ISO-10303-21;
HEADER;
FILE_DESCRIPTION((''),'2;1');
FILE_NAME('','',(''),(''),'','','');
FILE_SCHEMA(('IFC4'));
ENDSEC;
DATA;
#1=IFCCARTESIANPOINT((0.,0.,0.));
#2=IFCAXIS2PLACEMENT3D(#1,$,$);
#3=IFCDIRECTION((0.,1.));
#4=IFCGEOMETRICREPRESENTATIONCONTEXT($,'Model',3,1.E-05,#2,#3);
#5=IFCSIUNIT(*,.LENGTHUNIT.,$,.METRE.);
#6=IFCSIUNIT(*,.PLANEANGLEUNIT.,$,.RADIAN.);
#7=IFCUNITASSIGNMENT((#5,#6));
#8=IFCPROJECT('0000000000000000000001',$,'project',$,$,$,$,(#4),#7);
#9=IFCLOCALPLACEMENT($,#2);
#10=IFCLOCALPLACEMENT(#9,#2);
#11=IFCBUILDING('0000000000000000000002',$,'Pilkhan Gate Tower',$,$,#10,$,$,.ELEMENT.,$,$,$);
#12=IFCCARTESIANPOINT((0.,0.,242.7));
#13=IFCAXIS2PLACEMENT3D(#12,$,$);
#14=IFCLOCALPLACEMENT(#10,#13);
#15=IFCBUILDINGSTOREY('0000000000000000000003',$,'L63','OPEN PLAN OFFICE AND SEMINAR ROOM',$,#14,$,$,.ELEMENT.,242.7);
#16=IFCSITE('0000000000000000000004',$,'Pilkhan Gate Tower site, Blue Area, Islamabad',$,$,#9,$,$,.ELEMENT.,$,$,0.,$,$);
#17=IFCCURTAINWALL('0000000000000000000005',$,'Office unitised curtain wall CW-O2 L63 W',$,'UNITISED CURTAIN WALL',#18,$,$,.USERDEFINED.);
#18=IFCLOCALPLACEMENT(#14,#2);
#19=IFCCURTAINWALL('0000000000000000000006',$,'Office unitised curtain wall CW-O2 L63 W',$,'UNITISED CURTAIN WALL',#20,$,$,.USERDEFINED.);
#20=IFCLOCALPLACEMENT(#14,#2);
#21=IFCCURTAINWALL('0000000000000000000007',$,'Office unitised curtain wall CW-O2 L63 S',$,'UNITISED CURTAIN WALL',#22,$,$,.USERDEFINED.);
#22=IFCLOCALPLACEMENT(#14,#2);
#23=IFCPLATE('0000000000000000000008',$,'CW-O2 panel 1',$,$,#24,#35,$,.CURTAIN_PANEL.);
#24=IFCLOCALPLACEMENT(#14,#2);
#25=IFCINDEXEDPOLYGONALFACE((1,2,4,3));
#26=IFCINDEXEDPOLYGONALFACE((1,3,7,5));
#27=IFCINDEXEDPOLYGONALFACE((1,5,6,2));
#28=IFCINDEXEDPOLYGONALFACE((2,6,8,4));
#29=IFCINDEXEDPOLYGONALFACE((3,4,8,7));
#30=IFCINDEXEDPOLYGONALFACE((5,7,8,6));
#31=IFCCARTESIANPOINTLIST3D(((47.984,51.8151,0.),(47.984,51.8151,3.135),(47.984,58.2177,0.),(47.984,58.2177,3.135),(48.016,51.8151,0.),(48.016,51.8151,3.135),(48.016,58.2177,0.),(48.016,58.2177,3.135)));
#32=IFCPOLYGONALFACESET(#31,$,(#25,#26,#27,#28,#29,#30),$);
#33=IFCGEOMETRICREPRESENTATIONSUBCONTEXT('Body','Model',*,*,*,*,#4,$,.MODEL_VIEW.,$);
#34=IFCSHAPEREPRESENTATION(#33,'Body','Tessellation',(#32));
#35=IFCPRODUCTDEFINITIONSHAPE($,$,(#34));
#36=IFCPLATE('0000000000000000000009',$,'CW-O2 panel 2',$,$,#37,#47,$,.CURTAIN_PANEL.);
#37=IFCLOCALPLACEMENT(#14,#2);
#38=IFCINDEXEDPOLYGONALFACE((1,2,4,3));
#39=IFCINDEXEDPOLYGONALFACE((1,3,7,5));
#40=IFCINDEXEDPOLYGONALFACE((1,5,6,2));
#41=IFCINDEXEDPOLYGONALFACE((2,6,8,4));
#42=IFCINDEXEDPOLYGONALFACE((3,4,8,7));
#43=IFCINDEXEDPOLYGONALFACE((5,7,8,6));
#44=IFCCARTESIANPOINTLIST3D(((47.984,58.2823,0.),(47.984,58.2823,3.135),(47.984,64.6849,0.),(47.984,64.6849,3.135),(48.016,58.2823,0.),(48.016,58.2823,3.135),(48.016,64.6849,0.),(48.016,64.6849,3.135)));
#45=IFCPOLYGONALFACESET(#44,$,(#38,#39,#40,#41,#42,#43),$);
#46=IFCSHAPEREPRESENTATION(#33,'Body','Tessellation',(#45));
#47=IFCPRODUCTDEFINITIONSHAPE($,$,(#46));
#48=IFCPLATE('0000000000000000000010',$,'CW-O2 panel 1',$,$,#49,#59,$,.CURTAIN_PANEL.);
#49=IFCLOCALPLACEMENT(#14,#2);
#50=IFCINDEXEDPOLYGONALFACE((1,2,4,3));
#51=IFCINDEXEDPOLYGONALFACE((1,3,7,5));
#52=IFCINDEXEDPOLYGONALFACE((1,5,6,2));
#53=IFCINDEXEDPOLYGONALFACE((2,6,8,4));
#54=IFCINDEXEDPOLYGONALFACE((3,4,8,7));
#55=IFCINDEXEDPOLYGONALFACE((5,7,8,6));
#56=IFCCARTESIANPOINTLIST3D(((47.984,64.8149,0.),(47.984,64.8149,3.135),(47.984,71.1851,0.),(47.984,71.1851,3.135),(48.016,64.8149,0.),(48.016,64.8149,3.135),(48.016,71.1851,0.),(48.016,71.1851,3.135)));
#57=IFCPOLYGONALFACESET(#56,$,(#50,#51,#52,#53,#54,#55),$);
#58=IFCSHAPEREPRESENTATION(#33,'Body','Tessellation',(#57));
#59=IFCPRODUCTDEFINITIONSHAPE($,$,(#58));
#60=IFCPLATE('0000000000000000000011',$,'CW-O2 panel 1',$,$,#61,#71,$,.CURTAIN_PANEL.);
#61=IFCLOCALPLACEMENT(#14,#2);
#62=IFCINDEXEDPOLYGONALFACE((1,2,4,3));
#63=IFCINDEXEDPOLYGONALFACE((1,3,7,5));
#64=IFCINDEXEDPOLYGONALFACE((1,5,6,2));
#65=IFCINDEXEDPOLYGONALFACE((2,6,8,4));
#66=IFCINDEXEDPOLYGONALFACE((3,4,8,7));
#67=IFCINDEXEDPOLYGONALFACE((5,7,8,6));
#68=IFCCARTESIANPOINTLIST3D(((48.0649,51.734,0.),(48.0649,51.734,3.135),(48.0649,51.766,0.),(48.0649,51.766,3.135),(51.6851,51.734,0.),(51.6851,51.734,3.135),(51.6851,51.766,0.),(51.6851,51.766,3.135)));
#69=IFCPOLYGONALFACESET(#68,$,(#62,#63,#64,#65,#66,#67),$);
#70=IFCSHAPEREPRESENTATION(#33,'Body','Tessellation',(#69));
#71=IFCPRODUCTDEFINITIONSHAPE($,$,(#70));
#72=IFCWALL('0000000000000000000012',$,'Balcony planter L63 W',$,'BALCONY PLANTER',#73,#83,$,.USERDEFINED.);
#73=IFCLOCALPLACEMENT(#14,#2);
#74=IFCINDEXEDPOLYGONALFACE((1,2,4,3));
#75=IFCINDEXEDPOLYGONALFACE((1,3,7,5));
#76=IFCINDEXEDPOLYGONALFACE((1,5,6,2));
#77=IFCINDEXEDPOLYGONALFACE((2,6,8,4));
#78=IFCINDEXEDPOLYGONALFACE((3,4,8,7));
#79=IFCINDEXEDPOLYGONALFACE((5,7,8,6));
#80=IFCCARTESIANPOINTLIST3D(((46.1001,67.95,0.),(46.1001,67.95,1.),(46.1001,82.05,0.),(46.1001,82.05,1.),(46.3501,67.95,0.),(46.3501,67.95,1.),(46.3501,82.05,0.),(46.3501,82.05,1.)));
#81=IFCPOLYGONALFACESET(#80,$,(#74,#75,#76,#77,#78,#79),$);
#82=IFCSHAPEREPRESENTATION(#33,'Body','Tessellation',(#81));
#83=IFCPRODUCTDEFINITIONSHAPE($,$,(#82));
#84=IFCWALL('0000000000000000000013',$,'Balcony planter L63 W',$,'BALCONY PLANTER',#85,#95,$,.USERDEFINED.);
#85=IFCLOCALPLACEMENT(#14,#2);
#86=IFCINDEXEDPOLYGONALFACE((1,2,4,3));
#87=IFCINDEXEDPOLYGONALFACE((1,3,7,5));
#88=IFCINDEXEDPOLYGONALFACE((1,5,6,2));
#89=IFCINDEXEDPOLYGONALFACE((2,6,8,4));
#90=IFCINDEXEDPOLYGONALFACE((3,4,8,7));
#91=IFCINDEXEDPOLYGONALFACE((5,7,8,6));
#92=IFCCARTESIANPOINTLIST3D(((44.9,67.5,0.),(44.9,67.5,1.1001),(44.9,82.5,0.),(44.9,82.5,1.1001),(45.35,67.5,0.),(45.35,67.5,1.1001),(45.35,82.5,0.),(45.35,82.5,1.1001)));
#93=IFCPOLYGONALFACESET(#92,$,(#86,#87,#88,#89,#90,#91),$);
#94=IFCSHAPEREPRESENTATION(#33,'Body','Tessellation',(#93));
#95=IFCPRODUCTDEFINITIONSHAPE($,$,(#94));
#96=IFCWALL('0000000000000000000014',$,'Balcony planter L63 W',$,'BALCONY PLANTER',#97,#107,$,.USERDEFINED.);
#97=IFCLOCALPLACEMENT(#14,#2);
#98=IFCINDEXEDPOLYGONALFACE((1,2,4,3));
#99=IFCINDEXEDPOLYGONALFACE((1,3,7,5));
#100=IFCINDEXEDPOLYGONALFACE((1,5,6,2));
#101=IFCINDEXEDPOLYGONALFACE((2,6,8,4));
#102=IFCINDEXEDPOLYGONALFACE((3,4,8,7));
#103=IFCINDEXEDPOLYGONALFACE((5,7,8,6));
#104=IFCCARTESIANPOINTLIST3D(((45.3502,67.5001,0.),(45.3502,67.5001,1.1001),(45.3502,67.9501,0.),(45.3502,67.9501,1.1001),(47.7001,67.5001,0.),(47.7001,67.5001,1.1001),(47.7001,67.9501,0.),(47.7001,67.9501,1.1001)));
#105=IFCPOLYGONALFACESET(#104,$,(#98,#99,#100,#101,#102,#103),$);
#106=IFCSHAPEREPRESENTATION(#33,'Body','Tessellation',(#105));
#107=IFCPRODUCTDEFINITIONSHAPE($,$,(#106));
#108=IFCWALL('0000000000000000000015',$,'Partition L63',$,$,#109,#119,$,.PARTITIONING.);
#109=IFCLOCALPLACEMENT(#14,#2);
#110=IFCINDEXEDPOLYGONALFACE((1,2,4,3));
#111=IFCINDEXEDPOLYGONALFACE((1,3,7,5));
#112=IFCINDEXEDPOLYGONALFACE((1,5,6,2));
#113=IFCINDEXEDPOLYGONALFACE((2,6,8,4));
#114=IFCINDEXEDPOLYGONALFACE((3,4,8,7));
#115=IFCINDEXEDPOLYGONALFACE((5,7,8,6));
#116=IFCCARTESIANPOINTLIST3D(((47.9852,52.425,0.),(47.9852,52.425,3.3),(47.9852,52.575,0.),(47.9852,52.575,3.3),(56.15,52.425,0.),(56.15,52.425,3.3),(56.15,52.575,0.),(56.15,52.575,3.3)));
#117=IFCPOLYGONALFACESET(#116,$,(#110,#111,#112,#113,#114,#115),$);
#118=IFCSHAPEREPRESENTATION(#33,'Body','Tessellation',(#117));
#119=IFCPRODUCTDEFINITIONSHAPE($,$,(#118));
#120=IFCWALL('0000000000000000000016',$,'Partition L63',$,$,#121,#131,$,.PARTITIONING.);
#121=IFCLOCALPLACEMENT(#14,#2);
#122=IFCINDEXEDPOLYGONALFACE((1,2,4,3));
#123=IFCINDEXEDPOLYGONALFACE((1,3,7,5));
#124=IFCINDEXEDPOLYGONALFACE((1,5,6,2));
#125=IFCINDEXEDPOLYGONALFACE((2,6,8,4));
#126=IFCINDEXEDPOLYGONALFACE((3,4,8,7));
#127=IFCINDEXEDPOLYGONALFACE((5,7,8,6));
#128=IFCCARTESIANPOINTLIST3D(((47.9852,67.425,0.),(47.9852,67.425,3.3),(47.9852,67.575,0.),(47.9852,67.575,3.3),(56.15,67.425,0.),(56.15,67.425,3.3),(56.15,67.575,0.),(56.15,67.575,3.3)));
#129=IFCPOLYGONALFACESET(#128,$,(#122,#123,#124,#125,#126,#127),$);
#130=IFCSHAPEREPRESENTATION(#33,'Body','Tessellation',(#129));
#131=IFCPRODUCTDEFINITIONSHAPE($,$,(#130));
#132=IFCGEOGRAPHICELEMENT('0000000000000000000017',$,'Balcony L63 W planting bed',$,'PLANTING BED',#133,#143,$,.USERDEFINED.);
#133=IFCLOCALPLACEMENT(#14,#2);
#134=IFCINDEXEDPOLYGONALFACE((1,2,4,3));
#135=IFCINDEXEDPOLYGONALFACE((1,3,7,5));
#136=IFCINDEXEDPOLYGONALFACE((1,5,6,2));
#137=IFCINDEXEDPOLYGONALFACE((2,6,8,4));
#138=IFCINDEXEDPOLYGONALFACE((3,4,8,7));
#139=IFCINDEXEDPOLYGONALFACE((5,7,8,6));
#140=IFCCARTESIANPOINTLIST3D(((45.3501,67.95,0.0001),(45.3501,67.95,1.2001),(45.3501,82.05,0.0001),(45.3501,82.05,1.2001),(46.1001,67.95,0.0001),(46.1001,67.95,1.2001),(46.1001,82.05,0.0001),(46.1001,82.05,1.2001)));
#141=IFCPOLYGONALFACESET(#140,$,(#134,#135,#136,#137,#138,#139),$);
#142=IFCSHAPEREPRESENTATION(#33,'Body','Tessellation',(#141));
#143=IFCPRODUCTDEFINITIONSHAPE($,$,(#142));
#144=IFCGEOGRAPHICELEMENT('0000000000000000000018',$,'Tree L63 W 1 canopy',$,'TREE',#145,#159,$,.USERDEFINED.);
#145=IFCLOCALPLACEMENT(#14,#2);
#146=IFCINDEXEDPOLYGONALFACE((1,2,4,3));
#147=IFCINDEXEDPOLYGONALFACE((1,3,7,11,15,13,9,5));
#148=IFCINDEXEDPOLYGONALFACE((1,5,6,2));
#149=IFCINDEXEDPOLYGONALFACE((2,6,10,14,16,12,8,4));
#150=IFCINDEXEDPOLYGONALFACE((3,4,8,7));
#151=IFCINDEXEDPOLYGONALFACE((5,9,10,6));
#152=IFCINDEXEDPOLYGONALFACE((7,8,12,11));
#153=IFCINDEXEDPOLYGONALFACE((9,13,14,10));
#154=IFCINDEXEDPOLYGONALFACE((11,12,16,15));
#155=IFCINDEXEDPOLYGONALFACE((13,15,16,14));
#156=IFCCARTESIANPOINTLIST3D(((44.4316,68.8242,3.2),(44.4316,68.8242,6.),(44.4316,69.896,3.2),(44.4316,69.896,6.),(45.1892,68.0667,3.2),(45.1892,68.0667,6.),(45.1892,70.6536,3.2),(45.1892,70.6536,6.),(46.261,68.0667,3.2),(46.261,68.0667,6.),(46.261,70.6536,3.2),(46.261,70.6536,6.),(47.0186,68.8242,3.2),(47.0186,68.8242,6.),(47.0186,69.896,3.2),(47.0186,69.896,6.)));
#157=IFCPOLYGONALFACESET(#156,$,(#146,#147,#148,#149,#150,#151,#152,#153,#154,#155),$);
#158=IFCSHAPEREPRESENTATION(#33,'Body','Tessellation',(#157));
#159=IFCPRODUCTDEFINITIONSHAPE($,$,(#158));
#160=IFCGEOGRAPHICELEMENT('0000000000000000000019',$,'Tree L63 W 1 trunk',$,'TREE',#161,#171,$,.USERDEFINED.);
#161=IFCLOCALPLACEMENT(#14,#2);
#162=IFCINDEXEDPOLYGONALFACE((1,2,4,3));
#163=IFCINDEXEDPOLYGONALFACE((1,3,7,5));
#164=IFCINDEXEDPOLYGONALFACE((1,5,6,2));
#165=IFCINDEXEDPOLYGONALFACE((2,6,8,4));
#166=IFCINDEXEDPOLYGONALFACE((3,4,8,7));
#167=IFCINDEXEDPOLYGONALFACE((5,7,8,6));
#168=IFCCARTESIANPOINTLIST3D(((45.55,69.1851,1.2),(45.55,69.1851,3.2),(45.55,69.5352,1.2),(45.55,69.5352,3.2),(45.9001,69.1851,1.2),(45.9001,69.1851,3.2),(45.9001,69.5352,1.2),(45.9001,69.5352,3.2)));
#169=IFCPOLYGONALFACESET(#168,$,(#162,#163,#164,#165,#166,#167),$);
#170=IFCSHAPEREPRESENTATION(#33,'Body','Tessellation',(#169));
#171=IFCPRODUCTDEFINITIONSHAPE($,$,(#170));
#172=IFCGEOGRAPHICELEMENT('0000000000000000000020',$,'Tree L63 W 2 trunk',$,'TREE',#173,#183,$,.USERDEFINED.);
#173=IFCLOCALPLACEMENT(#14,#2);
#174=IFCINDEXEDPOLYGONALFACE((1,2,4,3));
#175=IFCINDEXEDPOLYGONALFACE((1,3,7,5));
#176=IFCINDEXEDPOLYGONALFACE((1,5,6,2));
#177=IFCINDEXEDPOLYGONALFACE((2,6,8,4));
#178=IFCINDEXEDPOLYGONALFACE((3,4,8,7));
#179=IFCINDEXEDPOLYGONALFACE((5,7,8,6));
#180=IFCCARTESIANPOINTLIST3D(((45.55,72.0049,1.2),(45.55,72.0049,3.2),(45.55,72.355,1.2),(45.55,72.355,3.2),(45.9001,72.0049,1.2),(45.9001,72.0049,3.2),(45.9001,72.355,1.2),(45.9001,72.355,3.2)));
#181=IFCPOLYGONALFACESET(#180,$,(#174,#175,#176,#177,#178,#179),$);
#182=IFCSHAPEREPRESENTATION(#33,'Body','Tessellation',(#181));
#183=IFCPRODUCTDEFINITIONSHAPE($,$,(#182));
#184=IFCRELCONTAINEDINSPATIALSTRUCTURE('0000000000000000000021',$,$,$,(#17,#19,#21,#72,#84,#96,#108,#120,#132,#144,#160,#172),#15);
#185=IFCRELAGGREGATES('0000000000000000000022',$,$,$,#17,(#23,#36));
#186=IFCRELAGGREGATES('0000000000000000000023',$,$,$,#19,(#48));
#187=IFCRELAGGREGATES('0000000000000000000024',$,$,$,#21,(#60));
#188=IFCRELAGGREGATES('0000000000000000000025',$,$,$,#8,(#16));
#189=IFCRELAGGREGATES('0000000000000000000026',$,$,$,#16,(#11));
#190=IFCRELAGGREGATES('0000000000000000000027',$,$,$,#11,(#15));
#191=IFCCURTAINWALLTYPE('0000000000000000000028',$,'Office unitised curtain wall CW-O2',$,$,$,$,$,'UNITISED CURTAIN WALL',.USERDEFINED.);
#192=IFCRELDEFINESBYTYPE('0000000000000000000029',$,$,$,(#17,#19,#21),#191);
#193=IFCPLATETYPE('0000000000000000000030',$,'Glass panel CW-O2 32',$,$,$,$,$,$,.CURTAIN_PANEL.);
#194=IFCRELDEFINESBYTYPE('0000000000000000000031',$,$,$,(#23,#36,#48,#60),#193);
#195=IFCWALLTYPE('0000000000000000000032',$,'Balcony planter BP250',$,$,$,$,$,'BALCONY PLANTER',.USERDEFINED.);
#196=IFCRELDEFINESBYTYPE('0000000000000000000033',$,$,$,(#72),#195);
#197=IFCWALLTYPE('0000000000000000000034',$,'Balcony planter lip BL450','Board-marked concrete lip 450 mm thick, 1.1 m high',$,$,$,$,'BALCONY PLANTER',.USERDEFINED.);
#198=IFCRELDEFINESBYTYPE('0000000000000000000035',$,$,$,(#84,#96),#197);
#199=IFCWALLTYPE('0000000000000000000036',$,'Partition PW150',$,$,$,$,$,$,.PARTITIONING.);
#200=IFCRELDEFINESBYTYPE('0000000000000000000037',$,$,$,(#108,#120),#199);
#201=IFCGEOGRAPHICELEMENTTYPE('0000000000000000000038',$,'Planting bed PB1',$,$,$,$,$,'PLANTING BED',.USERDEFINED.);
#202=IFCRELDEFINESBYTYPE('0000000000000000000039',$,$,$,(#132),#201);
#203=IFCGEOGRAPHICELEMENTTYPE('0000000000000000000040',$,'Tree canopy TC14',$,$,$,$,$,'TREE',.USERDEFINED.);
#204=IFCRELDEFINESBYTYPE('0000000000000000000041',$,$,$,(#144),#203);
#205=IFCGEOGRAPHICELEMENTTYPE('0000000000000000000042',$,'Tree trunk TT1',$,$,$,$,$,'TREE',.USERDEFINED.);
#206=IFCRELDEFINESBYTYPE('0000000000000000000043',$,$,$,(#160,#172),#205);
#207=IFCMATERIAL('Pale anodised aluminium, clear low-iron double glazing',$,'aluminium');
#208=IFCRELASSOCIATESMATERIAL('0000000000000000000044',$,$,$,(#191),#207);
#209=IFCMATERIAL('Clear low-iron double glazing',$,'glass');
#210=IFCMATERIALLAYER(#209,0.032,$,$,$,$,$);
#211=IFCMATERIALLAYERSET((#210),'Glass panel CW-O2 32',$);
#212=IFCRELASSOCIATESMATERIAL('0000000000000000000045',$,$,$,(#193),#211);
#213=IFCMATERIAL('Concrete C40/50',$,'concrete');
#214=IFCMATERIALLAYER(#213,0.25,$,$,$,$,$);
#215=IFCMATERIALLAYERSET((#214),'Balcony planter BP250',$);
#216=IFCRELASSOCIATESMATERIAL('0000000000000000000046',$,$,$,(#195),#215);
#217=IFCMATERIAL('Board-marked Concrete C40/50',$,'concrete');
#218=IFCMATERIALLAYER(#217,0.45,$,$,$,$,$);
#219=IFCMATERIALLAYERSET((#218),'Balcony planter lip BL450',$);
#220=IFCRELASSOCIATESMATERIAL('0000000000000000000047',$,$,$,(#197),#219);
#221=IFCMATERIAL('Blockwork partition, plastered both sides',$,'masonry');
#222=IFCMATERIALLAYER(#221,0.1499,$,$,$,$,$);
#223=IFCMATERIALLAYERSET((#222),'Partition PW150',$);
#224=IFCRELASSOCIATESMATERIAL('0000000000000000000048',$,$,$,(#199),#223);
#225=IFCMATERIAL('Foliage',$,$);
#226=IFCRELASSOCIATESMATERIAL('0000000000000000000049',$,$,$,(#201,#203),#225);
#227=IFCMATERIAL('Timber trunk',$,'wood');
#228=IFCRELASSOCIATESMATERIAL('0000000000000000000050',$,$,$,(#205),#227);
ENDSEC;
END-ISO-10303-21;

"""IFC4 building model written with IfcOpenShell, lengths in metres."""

from ifc_helpers import new_model, si_unit, direction, frame, frame_2d, origin, origin_2d, place, context, subcontext, project, spatial, polyline, rectangle, outline, extrude, material, layer, layer_set, material_profile, profile_set, type_object, element, aggregate, save


model = new_model("IFC4")

# Units and contexts
model_context = context("Model", 3, precision=1e-05, world=origin(), true_north=direction((0.0, 1.0)))
body_context = subcontext(model_context, "Body", "Model", "MODEL_VIEW")
ifc_project = project(units=[si_unit("LENGTHUNIT", "METRE"), si_unit("PLANEANGLEUNIT", "RADIAN")], contexts=[model_context])

# Site, building, storey
site_placement = place(None, origin())
site = spatial("IfcSite", under=ifc_project, at=site_placement, Name="Pilkhan Gate Tower site, Blue Area, Islamabad", CompositionType="ELEMENT", RefElevation=0.0)
building_placement = place(site_placement, origin())
building = spatial("IfcBuilding", under=site, at=building_placement, Name="Pilkhan Gate Tower", CompositionType="ELEMENT")
storey_placement = place(building_placement, frame((0.0, 0.0, 242.7)))
storey = spatial("IfcBuildingStorey", under=building, at=storey_placement, Name="L63", Description="OPEN PLAN OFFICE AND SEMINAR ROOM", CompositionType="ELEMENT", Elevation=242.7)

# Curtain walls
ifc_material_1 = material(Name="Pale anodised aluminium, clear low-iron double glazing", Category="aluminium")
curtain_wall_type = type_object("IfcCurtainWallType", Name="Office unitised curtain wall CW-O2", ElementType="UNITISED CURTAIN WALL", PredefinedType="USERDEFINED", material=ifc_material_1)
curtain_wall_1_placement = place(storey_placement, origin())
curtain_wall_1 = element("IfcCurtainWall", 1, at=curtain_wall_1_placement, inside=storey, type_object=curtain_wall_type, Name="Office unitised curtain wall CW-O2 L63 W", ObjectType="UNITISED CURTAIN WALL", PredefinedType="USERDEFINED")
curtain_wall_2_placement = place(storey_placement, origin())
curtain_wall_2 = element("IfcCurtainWall", 2, at=curtain_wall_2_placement, inside=storey, type_object=curtain_wall_type, Name="Office unitised curtain wall CW-O2 L63 W", ObjectType="UNITISED CURTAIN WALL", PredefinedType="USERDEFINED")

# Curtain wall
curtain_wall_3_placement = place(storey_placement, origin())
curtain_wall_3 = element("IfcCurtainWall", 3, at=curtain_wall_3_placement, inside=storey, type_object=curtain_wall_type, Name="Office unitised curtain wall CW-O2 L63 S", ObjectType="UNITISED CURTAIN WALL", PredefinedType="USERDEFINED")

# Plates
ifc_material_2 = material(Name="Clear low-iron double glazing", Category="glass")
ifc_layer_1 = layer(ifc_material_2, 0.032)
ifc_layer_set_1 = layer_set([ifc_layer_1], Name="Glass panel CW-O2 32")
plate_type = type_object("IfcPlateType", Name="Glass panel CW-O2 32", PredefinedType="CURTAIN_PANEL", material=ifc_layer_set_1)
plate_1_placement = place(storey_placement, frame((48.0, 55.0164, 0.0), z_axis=(0.0, 0.0, 1.0), x_axis=(0.0, 1.0, 0.0)))
plate_1 = element("IfcPlate", 4, at=plate_1_placement, type_object=plate_type, Name="CW-O2 panel 1", PredefinedType="CURTAIN_PANEL", context=body_context, shape_type="SweptSolid", body=[
    extrude(rectangle(XDim=6.4026, YDim=0.032, at=origin_2d()), origin(), (0.0, 0.0, 1.0), 3.135),
])
plate_2_placement = place(storey_placement, frame((48.0, 61.4836, 0.0), z_axis=(0.0, 0.0, 1.0), x_axis=(0.0, 1.0, 0.0)))
plate_2 = element("IfcPlate", 5, at=plate_2_placement, type_object=plate_type, Name="CW-O2 panel 2", PredefinedType="CURTAIN_PANEL", context=body_context, shape_type="SweptSolid", body=[
    extrude(rectangle(XDim=6.4026, YDim=0.032, at=origin_2d()), origin(), (0.0, 0.0, 1.0), 3.135),
])
aggregate(curtain_wall_1, [plate_1, plate_2])
plate_3_placement = place(storey_placement, frame((48.0, 68.0, 0.0), z_axis=(0.0, 0.0, 1.0), x_axis=(0.0, 1.0, 0.0)))
plate_3 = element("IfcPlate", 6, at=plate_3_placement, type_object=plate_type, Name="CW-O2 panel 1", PredefinedType="CURTAIN_PANEL", context=body_context, shape_type="SweptSolid", body=[
    extrude(rectangle(XDim=6.3701, YDim=0.032, at=origin_2d()), origin(), (0.0, 0.0, 1.0), 3.135),
])
aggregate(curtain_wall_2, [plate_3])
plate_4_placement = place(storey_placement, frame((49.875, 51.75, 0.0), z_axis=(0.0, 0.0, 1.0), x_axis=(1.0, 0.0, 0.0)))
plate_4 = element("IfcPlate", 7, at=plate_4_placement, type_object=plate_type, Name="CW-O2 panel 1", PredefinedType="CURTAIN_PANEL", context=body_context, shape_type="SweptSolid", body=[
    extrude(rectangle(XDim=3.6201, YDim=0.032, at=origin_2d()), origin(), (0.0, 0.0, 1.0), 3.135),
])
aggregate(curtain_wall_3, [plate_4])

# Walls
ifc_material_3 = material(Name="Concrete C40/50", Category="concrete")
ifc_layer_2 = layer(ifc_material_3, 0.25)
ifc_layer_set_2 = layer_set([ifc_layer_2], Name="Balcony planter BP250")
wall_type_1 = type_object("IfcWallType", Name="Balcony planter BP250", ElementType="BALCONY PLANTER", PredefinedType="USERDEFINED", material=ifc_layer_set_2)
wall_1_placement = place(storey_placement, frame((46.2251, 67.95, 0.0), z_axis=(0.0, 0.0, 1.0), x_axis=(0.0, 1.0, 0.0)))
element("IfcWall", 8, at=wall_1_placement, inside=storey, type_object=wall_type_1, Name="Balcony planter L63 W", ObjectType="BALCONY PLANTER", PredefinedType="USERDEFINED", context=body_context, shape_type="SweptSolid", body=[
    extrude(rectangle(XDim=14.1001, YDim=0.25, at=frame_2d((7.05, 0.0))), origin(), (0.0, 0.0, 1.0), 1.0),
])
ifc_material_4 = material(Name="Board-marked Concrete C40/50", Category="concrete")
ifc_layer_3 = layer(ifc_material_4, 0.45)
ifc_layer_set_3 = layer_set([ifc_layer_3], Name="Balcony planter lip BL450")
wall_type_2 = type_object("IfcWallType", Name="Balcony planter lip BL450", Description="Board-marked concrete lip 450 mm thick, 1.1 m high", ElementType="BALCONY PLANTER", PredefinedType="USERDEFINED", material=ifc_layer_set_3)
wall_2_placement = place(storey_placement, frame((45.125, 67.5, 0.0), z_axis=(0.0, 0.0, 1.0), x_axis=(0.0, 1.0, 0.0)))
element("IfcWall", 9, at=wall_2_placement, inside=storey, type_object=wall_type_2, Name="Balcony planter L63 W", ObjectType="BALCONY PLANTER", PredefinedType="USERDEFINED", context=body_context, shape_type="SweptSolid", body=[
    extrude(rectangle(XDim=15.0, YDim=0.45, at=frame_2d((7.5, 0.0))), origin(), (0.0, 0.0, 1.0), 1.1001),
])
wall_3_placement = place(storey_placement, frame((47.7, 67.7251, 0.0), z_axis=(0.0, 0.0, 1.0), x_axis=(-1.0, 0.0, 0.0)))
element("IfcWall", 10, at=wall_3_placement, inside=storey, type_object=wall_type_2, Name="Balcony planter L63 W", ObjectType="BALCONY PLANTER", PredefinedType="USERDEFINED", context=body_context, shape_type="SweptSolid", body=[
    extrude(rectangle(XDim=2.3499, YDim=0.45, at=frame_2d((1.1748, 0.0))), origin(), (0.0, 0.0, 1.0), 1.1001),
])

# Walls
ifc_material_5 = material(Name="Blockwork partition, plastered both sides", Category="masonry")
ifc_layer_4 = layer(ifc_material_5, 0.1499)
ifc_layer_set_4 = layer_set([ifc_layer_4], Name="Partition PW150")
wall_type_3 = type_object("IfcWallType", Name="Partition PW150", PredefinedType="PARTITIONING", material=ifc_layer_set_4)
for number, where, z_axis, x_axis, name in (
    (11, (47.9851, 52.5, 0.0), (0.0, 0.0, 1.0), (1.0, 0.0, 0.0), "Partition L63"),
    (12, (47.9851, 67.5, 0.0), (0.0, 0.0, 1.0), (1.0, 0.0, 0.0), "Partition L63"),
):
    element("IfcWall", number, at=place(storey_placement, frame(where, z_axis=z_axis, x_axis=x_axis)), inside=storey, type_object=wall_type_3, Name=name, PredefinedType="PARTITIONING", context=body_context, shape_type="SweptSolid", body=[
        extrude(rectangle(XDim=8.1648, YDim=0.1499, at=frame_2d((4.0825, 0.0))), origin(), (0.0, 0.0, 1.0), 3.3),
    ])

# Geographic elements
ifc_material_6 = material(Name="Foliage")
ifc_material_profile_1 = material_profile(ifc_material_6, rectangle(XDim=0.75, YDim=1.2, at=origin_2d()), Name="Bed 750x1200")
ifc_profile_set_1 = profile_set([ifc_material_profile_1], Name="Foliage")
geographic_element_type_1 = type_object("IfcGeographicElementType", Name="Planting bed PB1", ElementType="PLANTING BED", PredefinedType="USERDEFINED", material=ifc_profile_set_1)
geographic_element_1_placement = place(storey_placement, frame((45.7251, 67.95, 0.6001), z_axis=(0.0, 1.0, 0.0), x_axis=(-1.0, 0.0, 0.0)))
element("IfcGeographicElement", 13, at=geographic_element_1_placement, inside=storey, type_object=geographic_element_type_1, Name="Balcony L63 W planting bed", ObjectType="PLANTING BED", PredefinedType="USERDEFINED", context=body_context, shape_type="SweptSolid", body=[
    extrude(rectangle(XDim=0.75, YDim=1.2, at=origin_2d()), origin(), (0.0, 0.0, 1.0), 14.1001),
])
ifc_material_profile_2 = material_profile(ifc_material_6, outline(polyline([(1.2935, 0.5359), (0.5359, 1.2935), (-0.5359, 1.2935), (-1.2935, 0.5359), (-1.2935, -0.5359), (-0.5359, -1.2935), (0.5359, -1.2935), (1.2935, -0.5359), (1.2935, 0.5359)])), Name="Canopy D2.8")
ifc_profile_set_2 = profile_set([ifc_material_profile_2], Name="Foliage")
geographic_element_type_2 = type_object("IfcGeographicElementType", Name="Tree canopy TC14", ElementType="TREE", PredefinedType="USERDEFINED", material=ifc_profile_set_2)
geographic_element_2_placement = place(storey_placement, frame((45.7251, 69.3601, 3.2), z_axis=(0.0, 0.0, 1.0), x_axis=(1.0, 0.0, 0.0)))
element("IfcGeographicElement", 14, at=geographic_element_2_placement, inside=storey, type_object=geographic_element_type_2, Name="Tree L63 W 1 canopy", ObjectType="TREE", PredefinedType="USERDEFINED", context=body_context, shape_type="SweptSolid", body=[
    extrude(outline(polyline([(1.2935, 0.5359), (0.5359, 1.2935), (-0.5359, 1.2935), (-1.2935, 0.5359), (-1.2935, -0.5359), (-0.5359, -1.2935), (0.5359, -1.2935), (1.2935, -0.5359), (1.2935, 0.5359)])), origin(), (0.0, 0.0, 1.0), 2.8),
])
ifc_material_7 = material(Name="Timber trunk", Category="wood")
geographic_element_type_3 = type_object("IfcGeographicElementType", Name="Tree trunk TT1", ElementType="TREE", PredefinedType="USERDEFINED", material=ifc_material_7)
for number, where, z_axis, x_axis, name in (
    (15, (45.7251, 69.3601, 1.2), (0.0, 0.0, 1.0), (1.0, 0.0, 0.0), "Tree L63 W 1 trunk"),
    (16, (45.7251, 72.1799, 1.2), (0.0, 0.0, 1.0), (1.0, 0.0, 0.0), "Tree L63 W 2 trunk"),
):
    element("IfcGeographicElement", number, at=place(storey_placement, frame(where, z_axis=z_axis, x_axis=x_axis)), inside=storey, type_object=geographic_element_type_3, Name=name, ObjectType="TREE", PredefinedType="USERDEFINED", context=body_context, shape_type="SweptSolid", body=[
        extrude(rectangle(XDim=0.3501, YDim=0.3501, at=origin_2d()), origin(), (0.0, 0.0, 1.0), 2.0),
    ])

save(model, "model.ifc")
